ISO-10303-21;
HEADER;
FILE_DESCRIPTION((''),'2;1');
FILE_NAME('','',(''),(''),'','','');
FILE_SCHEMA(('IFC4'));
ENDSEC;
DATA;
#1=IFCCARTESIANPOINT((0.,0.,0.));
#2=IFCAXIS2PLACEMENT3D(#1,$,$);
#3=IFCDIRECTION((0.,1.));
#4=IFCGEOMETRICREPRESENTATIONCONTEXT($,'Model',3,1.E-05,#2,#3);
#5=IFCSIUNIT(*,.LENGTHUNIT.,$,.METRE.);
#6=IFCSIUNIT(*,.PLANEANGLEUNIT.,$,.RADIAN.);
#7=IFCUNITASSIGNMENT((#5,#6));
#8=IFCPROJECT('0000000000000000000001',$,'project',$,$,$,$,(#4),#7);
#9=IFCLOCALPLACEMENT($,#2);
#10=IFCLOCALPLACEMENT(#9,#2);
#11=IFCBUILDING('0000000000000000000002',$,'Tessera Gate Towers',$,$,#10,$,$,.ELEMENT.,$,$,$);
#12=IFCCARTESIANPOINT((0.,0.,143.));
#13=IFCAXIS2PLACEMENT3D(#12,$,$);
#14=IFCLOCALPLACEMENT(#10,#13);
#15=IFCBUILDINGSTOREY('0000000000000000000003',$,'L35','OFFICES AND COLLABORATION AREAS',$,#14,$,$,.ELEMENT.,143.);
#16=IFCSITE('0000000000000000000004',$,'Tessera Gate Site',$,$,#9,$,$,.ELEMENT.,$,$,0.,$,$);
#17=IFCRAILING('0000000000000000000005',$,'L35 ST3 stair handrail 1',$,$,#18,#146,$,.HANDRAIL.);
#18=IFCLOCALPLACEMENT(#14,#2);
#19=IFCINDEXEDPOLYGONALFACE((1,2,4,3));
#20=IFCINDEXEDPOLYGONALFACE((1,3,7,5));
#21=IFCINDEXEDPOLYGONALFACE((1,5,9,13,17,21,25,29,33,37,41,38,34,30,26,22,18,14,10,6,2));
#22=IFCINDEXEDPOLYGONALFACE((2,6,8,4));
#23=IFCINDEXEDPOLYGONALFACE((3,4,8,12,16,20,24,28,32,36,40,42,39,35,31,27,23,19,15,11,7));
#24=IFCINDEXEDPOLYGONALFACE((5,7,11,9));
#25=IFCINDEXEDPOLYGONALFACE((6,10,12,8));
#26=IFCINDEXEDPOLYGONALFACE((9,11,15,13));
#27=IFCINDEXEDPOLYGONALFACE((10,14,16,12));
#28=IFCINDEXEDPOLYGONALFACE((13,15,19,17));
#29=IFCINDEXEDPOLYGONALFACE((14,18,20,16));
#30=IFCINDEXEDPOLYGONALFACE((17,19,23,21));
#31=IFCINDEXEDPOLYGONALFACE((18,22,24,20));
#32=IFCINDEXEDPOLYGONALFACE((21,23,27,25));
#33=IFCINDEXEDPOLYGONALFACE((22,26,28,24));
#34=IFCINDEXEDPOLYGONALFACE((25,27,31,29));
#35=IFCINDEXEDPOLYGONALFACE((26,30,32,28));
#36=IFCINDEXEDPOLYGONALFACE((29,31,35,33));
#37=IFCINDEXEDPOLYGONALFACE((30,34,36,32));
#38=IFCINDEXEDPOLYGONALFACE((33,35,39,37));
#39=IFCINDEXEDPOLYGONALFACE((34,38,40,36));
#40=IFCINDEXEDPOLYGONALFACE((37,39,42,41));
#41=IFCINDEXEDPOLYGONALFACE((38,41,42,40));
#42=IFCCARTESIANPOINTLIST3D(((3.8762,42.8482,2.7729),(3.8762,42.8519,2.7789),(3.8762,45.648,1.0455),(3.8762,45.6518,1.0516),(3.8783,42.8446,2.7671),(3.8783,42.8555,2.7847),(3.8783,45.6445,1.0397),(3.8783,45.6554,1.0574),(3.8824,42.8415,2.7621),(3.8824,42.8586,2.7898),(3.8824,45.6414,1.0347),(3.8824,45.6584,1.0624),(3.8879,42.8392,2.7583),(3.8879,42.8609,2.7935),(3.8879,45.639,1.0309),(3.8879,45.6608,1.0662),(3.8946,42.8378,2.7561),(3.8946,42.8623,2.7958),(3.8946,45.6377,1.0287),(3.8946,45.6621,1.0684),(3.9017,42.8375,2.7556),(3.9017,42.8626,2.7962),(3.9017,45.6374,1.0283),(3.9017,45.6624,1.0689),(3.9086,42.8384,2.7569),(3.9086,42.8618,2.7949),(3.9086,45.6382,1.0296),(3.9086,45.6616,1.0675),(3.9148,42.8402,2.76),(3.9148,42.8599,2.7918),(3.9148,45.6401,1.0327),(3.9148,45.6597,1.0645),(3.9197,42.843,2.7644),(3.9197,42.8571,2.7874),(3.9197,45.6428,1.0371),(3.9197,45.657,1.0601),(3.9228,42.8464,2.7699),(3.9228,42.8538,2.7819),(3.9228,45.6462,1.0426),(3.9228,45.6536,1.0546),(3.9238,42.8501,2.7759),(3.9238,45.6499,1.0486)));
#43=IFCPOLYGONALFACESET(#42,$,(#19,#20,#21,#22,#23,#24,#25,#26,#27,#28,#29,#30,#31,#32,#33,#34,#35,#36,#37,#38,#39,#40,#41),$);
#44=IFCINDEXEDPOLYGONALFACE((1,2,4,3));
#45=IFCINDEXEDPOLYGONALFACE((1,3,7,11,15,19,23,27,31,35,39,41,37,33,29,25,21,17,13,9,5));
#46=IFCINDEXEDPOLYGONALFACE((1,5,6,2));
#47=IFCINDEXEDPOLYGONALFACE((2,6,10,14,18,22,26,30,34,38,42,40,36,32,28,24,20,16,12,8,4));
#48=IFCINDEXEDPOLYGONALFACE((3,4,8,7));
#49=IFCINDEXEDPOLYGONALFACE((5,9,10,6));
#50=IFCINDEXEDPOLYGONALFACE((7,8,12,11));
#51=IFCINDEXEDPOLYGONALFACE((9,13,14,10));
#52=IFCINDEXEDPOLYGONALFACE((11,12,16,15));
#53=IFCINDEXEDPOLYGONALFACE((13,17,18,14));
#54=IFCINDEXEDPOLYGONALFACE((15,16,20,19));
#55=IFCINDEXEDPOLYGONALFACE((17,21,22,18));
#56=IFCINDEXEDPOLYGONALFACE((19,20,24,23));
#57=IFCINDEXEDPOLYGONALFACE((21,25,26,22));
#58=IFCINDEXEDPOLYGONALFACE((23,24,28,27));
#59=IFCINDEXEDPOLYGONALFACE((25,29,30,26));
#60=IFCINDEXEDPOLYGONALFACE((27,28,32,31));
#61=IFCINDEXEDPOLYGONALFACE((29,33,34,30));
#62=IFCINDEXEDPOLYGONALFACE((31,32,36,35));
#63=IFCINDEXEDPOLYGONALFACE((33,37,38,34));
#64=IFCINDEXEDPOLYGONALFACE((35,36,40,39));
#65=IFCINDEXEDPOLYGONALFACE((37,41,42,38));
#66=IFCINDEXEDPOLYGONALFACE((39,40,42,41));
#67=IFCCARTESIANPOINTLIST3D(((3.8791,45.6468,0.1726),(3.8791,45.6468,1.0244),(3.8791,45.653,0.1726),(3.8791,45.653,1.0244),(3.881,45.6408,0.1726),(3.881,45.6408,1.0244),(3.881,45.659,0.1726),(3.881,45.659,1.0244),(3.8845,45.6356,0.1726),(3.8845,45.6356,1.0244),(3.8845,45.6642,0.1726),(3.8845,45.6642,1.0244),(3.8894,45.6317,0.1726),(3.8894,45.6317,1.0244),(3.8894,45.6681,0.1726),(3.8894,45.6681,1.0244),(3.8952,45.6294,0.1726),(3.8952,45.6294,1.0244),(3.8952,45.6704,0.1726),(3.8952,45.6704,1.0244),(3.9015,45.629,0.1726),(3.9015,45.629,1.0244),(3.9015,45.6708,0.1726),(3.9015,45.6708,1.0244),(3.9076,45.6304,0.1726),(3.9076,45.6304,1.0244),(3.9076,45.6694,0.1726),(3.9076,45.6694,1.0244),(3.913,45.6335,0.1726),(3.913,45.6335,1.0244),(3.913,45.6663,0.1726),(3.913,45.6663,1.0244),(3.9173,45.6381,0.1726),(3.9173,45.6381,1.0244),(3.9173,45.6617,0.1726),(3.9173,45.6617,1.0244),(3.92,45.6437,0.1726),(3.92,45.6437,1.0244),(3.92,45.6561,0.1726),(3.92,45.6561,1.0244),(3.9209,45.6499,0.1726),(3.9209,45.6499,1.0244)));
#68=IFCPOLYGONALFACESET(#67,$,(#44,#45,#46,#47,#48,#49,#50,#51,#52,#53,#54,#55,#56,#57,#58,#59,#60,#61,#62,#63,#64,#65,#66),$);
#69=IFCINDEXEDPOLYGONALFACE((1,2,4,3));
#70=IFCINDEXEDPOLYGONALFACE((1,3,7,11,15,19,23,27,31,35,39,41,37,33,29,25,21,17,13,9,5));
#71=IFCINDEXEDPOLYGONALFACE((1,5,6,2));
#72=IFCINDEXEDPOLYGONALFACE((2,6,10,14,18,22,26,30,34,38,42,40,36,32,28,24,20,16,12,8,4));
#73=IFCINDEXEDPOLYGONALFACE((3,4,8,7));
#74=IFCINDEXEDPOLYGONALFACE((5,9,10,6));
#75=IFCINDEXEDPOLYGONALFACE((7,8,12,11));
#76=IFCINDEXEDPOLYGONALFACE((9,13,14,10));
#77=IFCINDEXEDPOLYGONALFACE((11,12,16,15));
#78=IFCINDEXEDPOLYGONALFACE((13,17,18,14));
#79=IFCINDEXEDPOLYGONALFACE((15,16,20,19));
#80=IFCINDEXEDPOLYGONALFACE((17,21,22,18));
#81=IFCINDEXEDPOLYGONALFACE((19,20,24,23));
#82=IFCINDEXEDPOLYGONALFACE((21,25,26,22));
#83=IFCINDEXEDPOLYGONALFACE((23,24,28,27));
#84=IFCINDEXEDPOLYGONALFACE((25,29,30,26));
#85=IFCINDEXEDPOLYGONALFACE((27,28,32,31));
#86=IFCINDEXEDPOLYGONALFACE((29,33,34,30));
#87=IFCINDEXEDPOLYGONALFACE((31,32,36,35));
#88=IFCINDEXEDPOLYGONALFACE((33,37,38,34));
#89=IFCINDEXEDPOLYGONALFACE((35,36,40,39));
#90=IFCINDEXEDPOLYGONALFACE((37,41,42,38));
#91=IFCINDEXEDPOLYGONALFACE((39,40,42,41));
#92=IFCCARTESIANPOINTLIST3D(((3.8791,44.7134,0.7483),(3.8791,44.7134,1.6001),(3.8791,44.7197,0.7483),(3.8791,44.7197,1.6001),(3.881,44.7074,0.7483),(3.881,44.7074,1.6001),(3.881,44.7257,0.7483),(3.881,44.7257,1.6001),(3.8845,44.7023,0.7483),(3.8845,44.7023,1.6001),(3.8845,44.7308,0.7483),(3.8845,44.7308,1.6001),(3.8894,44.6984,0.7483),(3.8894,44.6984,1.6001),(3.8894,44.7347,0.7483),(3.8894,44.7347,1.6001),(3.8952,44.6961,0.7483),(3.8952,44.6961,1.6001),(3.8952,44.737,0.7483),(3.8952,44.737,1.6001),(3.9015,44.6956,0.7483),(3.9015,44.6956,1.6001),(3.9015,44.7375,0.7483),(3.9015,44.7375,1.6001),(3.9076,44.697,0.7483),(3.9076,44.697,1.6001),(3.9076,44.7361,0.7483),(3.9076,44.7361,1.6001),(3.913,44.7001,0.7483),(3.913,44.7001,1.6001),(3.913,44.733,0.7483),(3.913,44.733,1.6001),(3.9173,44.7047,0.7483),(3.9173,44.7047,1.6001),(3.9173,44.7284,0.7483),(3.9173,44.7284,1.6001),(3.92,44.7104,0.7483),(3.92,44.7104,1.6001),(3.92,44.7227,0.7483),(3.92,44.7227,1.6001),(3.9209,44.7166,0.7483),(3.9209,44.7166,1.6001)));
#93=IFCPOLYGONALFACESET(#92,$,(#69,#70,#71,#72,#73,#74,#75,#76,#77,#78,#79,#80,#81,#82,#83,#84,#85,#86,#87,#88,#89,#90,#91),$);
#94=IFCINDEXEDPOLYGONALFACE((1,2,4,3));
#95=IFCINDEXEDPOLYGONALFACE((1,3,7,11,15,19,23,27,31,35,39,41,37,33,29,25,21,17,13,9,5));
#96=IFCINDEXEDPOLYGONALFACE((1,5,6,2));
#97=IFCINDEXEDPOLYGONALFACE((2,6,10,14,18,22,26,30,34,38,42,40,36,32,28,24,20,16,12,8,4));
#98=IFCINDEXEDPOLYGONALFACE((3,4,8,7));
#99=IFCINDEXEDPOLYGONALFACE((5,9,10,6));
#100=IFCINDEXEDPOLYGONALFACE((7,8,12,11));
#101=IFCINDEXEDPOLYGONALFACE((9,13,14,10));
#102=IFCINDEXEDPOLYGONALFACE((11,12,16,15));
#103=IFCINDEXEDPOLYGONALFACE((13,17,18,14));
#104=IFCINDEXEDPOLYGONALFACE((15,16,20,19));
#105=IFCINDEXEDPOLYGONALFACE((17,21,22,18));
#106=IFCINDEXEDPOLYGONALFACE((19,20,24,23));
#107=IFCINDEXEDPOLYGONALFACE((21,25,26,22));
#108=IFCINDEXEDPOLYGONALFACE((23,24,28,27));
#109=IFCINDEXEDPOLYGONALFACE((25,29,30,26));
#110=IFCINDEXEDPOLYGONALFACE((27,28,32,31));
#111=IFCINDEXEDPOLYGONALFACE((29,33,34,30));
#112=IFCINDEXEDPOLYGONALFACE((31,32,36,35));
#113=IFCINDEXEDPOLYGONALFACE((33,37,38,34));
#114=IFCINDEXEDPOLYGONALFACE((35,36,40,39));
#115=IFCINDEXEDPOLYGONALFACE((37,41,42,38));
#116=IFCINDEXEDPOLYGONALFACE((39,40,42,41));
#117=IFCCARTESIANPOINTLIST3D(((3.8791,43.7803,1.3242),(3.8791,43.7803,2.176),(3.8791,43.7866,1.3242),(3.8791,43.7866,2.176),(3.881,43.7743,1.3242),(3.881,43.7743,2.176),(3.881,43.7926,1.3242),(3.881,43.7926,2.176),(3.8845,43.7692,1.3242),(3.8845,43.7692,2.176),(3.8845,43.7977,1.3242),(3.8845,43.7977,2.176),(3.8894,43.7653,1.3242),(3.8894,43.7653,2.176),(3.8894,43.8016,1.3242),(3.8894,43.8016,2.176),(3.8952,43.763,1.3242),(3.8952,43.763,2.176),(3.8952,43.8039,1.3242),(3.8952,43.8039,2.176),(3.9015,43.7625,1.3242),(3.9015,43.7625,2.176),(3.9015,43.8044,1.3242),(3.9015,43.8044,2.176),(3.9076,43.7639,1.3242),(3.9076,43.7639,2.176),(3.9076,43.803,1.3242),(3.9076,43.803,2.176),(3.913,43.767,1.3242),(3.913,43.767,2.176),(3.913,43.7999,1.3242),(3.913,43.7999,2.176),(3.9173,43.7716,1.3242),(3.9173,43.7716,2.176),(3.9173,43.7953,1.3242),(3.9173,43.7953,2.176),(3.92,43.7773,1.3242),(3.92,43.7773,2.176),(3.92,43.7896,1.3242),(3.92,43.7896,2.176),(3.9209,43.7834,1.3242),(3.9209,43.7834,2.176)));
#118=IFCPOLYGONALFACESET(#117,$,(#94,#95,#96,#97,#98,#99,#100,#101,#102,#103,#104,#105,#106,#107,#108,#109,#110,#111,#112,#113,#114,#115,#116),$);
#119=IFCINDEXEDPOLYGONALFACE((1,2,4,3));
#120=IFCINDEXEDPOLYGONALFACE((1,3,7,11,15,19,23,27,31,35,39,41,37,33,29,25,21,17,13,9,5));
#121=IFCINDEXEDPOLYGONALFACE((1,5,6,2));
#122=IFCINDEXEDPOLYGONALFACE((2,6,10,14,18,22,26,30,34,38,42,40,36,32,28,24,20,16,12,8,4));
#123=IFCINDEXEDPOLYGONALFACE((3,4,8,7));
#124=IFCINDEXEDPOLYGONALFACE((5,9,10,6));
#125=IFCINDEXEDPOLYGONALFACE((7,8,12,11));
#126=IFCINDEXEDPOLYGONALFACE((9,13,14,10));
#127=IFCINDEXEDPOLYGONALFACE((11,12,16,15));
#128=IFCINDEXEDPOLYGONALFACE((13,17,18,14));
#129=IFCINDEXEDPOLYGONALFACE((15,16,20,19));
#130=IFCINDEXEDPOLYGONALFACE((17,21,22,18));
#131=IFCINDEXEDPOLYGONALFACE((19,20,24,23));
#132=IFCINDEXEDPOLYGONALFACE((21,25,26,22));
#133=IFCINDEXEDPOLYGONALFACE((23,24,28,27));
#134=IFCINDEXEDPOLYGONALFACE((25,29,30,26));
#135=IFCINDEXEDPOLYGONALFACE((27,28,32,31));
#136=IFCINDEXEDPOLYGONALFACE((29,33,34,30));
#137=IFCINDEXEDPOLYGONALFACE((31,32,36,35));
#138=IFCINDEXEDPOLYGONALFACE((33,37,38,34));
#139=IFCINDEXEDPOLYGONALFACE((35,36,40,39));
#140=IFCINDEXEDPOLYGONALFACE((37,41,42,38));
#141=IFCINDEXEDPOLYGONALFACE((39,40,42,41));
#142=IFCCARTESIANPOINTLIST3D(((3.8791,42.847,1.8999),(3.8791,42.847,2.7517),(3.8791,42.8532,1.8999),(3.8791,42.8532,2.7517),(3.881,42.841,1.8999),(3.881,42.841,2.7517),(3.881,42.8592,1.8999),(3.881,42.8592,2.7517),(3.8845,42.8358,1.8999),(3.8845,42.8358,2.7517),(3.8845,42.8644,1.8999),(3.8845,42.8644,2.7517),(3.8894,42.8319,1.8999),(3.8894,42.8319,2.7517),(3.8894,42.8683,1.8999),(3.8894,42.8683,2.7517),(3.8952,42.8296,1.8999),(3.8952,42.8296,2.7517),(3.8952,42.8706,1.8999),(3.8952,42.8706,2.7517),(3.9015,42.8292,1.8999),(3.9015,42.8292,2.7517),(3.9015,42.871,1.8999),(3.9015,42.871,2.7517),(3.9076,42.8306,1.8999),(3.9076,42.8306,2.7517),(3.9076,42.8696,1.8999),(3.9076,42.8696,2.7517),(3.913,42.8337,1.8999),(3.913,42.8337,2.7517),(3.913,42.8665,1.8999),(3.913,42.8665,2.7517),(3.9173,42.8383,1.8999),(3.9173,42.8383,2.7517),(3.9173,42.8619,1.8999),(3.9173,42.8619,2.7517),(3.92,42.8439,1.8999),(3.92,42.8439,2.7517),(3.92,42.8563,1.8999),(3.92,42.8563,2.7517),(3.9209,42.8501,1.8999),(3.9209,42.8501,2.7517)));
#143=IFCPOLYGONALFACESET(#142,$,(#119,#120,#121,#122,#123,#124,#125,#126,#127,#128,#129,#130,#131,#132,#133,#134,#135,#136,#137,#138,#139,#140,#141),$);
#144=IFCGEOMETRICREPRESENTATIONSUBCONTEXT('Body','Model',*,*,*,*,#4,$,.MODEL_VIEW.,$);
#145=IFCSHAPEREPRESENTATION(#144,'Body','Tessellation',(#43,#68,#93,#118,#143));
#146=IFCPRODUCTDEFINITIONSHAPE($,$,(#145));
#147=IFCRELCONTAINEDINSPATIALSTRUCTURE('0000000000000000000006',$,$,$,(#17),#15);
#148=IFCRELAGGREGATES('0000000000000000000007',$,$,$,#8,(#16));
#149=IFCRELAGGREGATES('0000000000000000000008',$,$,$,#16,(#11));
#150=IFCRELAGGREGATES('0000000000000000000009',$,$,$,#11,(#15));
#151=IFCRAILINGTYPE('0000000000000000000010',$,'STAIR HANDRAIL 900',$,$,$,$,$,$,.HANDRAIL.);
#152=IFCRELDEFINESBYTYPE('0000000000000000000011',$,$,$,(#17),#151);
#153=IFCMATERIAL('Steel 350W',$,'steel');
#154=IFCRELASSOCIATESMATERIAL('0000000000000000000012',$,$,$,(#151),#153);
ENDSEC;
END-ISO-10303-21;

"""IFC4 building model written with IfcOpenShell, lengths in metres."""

from ifc_helpers import new_model, si_unit, direction, frame, origin, origin_2d, place, context, subcontext, project, spatial, circle, extrude, material, type_object, element, save


model = new_model("IFC4")

# Units and contexts
model_context = context("Model", 3, precision=1e-05, world=origin(), true_north=direction((0.0, 1.0)))
body_context = subcontext(model_context, "Body", "Model", "MODEL_VIEW")
ifc_project = project(units=[si_unit("LENGTHUNIT", "METRE"), si_unit("PLANEANGLEUNIT", "RADIAN")], contexts=[model_context])

# Site, building, storey
site_placement = place(None, origin())
site = spatial("IfcSite", under=ifc_project, at=site_placement, Name="Tessera Gate Site", CompositionType="ELEMENT", RefElevation=0.0)
building_placement = place(site_placement, origin())
building = spatial("IfcBuilding", under=site, at=building_placement, Name="Tessera Gate Towers", CompositionType="ELEMENT")
storey_placement = place(building_placement, frame((0.0, 0.0, 143.0)))
storey = spatial("IfcBuildingStorey", under=building, at=storey_placement, Name="L35", Description="OFFICES AND COLLABORATION AREAS", CompositionType="ELEMENT", Elevation=143.0)

# Railing
ifc_material_1 = material(Name="Steel 350W", Category="steel")
railing_type = type_object("IfcRailingType", Name="STAIR HANDRAIL 900", PredefinedType="HANDRAIL", material=ifc_material_1)
railing_1_placement = place(storey_placement, frame((3.8999, 45.6499, 0.1726)))
element("IfcRailing", 1, at=railing_1_placement, inside=storey, type_object=railing_type, Name="L35 ST3 stair handrail 1", PredefinedType="HANDRAIL", context=body_context, shape_type="SweptSolid", body=[
    extrude(circle(Radius=0.0239, at=origin_2d()), frame((0.0, 0.0, 0.876), z_axis=(0.0, -0.851069, 0.525054), x_axis=(1.0, 0.0, 0.0)), (0.0, 0.0, 1.0), 3.2898),
    extrude(circle(Radius=0.021, at=origin_2d()), origin(), (0.0, 0.0, 1.0), 0.8518),
    extrude(circle(Radius=0.021, at=origin_2d()), frame((0.0, -0.9333, 0.5757)), (0.0, 0.0, 1.0), 0.8518),
    extrude(circle(Radius=0.021, at=origin_2d()), frame((0.0, -1.8665, 1.1516)), (0.0, 0.0, 1.0), 0.8518),
    extrude(circle(Radius=0.021, at=origin_2d()), frame((0.0, -2.7998, 1.7273)), (0.0, 0.0, 1.0), 0.8518),
])

save(model, "model.ifc")
